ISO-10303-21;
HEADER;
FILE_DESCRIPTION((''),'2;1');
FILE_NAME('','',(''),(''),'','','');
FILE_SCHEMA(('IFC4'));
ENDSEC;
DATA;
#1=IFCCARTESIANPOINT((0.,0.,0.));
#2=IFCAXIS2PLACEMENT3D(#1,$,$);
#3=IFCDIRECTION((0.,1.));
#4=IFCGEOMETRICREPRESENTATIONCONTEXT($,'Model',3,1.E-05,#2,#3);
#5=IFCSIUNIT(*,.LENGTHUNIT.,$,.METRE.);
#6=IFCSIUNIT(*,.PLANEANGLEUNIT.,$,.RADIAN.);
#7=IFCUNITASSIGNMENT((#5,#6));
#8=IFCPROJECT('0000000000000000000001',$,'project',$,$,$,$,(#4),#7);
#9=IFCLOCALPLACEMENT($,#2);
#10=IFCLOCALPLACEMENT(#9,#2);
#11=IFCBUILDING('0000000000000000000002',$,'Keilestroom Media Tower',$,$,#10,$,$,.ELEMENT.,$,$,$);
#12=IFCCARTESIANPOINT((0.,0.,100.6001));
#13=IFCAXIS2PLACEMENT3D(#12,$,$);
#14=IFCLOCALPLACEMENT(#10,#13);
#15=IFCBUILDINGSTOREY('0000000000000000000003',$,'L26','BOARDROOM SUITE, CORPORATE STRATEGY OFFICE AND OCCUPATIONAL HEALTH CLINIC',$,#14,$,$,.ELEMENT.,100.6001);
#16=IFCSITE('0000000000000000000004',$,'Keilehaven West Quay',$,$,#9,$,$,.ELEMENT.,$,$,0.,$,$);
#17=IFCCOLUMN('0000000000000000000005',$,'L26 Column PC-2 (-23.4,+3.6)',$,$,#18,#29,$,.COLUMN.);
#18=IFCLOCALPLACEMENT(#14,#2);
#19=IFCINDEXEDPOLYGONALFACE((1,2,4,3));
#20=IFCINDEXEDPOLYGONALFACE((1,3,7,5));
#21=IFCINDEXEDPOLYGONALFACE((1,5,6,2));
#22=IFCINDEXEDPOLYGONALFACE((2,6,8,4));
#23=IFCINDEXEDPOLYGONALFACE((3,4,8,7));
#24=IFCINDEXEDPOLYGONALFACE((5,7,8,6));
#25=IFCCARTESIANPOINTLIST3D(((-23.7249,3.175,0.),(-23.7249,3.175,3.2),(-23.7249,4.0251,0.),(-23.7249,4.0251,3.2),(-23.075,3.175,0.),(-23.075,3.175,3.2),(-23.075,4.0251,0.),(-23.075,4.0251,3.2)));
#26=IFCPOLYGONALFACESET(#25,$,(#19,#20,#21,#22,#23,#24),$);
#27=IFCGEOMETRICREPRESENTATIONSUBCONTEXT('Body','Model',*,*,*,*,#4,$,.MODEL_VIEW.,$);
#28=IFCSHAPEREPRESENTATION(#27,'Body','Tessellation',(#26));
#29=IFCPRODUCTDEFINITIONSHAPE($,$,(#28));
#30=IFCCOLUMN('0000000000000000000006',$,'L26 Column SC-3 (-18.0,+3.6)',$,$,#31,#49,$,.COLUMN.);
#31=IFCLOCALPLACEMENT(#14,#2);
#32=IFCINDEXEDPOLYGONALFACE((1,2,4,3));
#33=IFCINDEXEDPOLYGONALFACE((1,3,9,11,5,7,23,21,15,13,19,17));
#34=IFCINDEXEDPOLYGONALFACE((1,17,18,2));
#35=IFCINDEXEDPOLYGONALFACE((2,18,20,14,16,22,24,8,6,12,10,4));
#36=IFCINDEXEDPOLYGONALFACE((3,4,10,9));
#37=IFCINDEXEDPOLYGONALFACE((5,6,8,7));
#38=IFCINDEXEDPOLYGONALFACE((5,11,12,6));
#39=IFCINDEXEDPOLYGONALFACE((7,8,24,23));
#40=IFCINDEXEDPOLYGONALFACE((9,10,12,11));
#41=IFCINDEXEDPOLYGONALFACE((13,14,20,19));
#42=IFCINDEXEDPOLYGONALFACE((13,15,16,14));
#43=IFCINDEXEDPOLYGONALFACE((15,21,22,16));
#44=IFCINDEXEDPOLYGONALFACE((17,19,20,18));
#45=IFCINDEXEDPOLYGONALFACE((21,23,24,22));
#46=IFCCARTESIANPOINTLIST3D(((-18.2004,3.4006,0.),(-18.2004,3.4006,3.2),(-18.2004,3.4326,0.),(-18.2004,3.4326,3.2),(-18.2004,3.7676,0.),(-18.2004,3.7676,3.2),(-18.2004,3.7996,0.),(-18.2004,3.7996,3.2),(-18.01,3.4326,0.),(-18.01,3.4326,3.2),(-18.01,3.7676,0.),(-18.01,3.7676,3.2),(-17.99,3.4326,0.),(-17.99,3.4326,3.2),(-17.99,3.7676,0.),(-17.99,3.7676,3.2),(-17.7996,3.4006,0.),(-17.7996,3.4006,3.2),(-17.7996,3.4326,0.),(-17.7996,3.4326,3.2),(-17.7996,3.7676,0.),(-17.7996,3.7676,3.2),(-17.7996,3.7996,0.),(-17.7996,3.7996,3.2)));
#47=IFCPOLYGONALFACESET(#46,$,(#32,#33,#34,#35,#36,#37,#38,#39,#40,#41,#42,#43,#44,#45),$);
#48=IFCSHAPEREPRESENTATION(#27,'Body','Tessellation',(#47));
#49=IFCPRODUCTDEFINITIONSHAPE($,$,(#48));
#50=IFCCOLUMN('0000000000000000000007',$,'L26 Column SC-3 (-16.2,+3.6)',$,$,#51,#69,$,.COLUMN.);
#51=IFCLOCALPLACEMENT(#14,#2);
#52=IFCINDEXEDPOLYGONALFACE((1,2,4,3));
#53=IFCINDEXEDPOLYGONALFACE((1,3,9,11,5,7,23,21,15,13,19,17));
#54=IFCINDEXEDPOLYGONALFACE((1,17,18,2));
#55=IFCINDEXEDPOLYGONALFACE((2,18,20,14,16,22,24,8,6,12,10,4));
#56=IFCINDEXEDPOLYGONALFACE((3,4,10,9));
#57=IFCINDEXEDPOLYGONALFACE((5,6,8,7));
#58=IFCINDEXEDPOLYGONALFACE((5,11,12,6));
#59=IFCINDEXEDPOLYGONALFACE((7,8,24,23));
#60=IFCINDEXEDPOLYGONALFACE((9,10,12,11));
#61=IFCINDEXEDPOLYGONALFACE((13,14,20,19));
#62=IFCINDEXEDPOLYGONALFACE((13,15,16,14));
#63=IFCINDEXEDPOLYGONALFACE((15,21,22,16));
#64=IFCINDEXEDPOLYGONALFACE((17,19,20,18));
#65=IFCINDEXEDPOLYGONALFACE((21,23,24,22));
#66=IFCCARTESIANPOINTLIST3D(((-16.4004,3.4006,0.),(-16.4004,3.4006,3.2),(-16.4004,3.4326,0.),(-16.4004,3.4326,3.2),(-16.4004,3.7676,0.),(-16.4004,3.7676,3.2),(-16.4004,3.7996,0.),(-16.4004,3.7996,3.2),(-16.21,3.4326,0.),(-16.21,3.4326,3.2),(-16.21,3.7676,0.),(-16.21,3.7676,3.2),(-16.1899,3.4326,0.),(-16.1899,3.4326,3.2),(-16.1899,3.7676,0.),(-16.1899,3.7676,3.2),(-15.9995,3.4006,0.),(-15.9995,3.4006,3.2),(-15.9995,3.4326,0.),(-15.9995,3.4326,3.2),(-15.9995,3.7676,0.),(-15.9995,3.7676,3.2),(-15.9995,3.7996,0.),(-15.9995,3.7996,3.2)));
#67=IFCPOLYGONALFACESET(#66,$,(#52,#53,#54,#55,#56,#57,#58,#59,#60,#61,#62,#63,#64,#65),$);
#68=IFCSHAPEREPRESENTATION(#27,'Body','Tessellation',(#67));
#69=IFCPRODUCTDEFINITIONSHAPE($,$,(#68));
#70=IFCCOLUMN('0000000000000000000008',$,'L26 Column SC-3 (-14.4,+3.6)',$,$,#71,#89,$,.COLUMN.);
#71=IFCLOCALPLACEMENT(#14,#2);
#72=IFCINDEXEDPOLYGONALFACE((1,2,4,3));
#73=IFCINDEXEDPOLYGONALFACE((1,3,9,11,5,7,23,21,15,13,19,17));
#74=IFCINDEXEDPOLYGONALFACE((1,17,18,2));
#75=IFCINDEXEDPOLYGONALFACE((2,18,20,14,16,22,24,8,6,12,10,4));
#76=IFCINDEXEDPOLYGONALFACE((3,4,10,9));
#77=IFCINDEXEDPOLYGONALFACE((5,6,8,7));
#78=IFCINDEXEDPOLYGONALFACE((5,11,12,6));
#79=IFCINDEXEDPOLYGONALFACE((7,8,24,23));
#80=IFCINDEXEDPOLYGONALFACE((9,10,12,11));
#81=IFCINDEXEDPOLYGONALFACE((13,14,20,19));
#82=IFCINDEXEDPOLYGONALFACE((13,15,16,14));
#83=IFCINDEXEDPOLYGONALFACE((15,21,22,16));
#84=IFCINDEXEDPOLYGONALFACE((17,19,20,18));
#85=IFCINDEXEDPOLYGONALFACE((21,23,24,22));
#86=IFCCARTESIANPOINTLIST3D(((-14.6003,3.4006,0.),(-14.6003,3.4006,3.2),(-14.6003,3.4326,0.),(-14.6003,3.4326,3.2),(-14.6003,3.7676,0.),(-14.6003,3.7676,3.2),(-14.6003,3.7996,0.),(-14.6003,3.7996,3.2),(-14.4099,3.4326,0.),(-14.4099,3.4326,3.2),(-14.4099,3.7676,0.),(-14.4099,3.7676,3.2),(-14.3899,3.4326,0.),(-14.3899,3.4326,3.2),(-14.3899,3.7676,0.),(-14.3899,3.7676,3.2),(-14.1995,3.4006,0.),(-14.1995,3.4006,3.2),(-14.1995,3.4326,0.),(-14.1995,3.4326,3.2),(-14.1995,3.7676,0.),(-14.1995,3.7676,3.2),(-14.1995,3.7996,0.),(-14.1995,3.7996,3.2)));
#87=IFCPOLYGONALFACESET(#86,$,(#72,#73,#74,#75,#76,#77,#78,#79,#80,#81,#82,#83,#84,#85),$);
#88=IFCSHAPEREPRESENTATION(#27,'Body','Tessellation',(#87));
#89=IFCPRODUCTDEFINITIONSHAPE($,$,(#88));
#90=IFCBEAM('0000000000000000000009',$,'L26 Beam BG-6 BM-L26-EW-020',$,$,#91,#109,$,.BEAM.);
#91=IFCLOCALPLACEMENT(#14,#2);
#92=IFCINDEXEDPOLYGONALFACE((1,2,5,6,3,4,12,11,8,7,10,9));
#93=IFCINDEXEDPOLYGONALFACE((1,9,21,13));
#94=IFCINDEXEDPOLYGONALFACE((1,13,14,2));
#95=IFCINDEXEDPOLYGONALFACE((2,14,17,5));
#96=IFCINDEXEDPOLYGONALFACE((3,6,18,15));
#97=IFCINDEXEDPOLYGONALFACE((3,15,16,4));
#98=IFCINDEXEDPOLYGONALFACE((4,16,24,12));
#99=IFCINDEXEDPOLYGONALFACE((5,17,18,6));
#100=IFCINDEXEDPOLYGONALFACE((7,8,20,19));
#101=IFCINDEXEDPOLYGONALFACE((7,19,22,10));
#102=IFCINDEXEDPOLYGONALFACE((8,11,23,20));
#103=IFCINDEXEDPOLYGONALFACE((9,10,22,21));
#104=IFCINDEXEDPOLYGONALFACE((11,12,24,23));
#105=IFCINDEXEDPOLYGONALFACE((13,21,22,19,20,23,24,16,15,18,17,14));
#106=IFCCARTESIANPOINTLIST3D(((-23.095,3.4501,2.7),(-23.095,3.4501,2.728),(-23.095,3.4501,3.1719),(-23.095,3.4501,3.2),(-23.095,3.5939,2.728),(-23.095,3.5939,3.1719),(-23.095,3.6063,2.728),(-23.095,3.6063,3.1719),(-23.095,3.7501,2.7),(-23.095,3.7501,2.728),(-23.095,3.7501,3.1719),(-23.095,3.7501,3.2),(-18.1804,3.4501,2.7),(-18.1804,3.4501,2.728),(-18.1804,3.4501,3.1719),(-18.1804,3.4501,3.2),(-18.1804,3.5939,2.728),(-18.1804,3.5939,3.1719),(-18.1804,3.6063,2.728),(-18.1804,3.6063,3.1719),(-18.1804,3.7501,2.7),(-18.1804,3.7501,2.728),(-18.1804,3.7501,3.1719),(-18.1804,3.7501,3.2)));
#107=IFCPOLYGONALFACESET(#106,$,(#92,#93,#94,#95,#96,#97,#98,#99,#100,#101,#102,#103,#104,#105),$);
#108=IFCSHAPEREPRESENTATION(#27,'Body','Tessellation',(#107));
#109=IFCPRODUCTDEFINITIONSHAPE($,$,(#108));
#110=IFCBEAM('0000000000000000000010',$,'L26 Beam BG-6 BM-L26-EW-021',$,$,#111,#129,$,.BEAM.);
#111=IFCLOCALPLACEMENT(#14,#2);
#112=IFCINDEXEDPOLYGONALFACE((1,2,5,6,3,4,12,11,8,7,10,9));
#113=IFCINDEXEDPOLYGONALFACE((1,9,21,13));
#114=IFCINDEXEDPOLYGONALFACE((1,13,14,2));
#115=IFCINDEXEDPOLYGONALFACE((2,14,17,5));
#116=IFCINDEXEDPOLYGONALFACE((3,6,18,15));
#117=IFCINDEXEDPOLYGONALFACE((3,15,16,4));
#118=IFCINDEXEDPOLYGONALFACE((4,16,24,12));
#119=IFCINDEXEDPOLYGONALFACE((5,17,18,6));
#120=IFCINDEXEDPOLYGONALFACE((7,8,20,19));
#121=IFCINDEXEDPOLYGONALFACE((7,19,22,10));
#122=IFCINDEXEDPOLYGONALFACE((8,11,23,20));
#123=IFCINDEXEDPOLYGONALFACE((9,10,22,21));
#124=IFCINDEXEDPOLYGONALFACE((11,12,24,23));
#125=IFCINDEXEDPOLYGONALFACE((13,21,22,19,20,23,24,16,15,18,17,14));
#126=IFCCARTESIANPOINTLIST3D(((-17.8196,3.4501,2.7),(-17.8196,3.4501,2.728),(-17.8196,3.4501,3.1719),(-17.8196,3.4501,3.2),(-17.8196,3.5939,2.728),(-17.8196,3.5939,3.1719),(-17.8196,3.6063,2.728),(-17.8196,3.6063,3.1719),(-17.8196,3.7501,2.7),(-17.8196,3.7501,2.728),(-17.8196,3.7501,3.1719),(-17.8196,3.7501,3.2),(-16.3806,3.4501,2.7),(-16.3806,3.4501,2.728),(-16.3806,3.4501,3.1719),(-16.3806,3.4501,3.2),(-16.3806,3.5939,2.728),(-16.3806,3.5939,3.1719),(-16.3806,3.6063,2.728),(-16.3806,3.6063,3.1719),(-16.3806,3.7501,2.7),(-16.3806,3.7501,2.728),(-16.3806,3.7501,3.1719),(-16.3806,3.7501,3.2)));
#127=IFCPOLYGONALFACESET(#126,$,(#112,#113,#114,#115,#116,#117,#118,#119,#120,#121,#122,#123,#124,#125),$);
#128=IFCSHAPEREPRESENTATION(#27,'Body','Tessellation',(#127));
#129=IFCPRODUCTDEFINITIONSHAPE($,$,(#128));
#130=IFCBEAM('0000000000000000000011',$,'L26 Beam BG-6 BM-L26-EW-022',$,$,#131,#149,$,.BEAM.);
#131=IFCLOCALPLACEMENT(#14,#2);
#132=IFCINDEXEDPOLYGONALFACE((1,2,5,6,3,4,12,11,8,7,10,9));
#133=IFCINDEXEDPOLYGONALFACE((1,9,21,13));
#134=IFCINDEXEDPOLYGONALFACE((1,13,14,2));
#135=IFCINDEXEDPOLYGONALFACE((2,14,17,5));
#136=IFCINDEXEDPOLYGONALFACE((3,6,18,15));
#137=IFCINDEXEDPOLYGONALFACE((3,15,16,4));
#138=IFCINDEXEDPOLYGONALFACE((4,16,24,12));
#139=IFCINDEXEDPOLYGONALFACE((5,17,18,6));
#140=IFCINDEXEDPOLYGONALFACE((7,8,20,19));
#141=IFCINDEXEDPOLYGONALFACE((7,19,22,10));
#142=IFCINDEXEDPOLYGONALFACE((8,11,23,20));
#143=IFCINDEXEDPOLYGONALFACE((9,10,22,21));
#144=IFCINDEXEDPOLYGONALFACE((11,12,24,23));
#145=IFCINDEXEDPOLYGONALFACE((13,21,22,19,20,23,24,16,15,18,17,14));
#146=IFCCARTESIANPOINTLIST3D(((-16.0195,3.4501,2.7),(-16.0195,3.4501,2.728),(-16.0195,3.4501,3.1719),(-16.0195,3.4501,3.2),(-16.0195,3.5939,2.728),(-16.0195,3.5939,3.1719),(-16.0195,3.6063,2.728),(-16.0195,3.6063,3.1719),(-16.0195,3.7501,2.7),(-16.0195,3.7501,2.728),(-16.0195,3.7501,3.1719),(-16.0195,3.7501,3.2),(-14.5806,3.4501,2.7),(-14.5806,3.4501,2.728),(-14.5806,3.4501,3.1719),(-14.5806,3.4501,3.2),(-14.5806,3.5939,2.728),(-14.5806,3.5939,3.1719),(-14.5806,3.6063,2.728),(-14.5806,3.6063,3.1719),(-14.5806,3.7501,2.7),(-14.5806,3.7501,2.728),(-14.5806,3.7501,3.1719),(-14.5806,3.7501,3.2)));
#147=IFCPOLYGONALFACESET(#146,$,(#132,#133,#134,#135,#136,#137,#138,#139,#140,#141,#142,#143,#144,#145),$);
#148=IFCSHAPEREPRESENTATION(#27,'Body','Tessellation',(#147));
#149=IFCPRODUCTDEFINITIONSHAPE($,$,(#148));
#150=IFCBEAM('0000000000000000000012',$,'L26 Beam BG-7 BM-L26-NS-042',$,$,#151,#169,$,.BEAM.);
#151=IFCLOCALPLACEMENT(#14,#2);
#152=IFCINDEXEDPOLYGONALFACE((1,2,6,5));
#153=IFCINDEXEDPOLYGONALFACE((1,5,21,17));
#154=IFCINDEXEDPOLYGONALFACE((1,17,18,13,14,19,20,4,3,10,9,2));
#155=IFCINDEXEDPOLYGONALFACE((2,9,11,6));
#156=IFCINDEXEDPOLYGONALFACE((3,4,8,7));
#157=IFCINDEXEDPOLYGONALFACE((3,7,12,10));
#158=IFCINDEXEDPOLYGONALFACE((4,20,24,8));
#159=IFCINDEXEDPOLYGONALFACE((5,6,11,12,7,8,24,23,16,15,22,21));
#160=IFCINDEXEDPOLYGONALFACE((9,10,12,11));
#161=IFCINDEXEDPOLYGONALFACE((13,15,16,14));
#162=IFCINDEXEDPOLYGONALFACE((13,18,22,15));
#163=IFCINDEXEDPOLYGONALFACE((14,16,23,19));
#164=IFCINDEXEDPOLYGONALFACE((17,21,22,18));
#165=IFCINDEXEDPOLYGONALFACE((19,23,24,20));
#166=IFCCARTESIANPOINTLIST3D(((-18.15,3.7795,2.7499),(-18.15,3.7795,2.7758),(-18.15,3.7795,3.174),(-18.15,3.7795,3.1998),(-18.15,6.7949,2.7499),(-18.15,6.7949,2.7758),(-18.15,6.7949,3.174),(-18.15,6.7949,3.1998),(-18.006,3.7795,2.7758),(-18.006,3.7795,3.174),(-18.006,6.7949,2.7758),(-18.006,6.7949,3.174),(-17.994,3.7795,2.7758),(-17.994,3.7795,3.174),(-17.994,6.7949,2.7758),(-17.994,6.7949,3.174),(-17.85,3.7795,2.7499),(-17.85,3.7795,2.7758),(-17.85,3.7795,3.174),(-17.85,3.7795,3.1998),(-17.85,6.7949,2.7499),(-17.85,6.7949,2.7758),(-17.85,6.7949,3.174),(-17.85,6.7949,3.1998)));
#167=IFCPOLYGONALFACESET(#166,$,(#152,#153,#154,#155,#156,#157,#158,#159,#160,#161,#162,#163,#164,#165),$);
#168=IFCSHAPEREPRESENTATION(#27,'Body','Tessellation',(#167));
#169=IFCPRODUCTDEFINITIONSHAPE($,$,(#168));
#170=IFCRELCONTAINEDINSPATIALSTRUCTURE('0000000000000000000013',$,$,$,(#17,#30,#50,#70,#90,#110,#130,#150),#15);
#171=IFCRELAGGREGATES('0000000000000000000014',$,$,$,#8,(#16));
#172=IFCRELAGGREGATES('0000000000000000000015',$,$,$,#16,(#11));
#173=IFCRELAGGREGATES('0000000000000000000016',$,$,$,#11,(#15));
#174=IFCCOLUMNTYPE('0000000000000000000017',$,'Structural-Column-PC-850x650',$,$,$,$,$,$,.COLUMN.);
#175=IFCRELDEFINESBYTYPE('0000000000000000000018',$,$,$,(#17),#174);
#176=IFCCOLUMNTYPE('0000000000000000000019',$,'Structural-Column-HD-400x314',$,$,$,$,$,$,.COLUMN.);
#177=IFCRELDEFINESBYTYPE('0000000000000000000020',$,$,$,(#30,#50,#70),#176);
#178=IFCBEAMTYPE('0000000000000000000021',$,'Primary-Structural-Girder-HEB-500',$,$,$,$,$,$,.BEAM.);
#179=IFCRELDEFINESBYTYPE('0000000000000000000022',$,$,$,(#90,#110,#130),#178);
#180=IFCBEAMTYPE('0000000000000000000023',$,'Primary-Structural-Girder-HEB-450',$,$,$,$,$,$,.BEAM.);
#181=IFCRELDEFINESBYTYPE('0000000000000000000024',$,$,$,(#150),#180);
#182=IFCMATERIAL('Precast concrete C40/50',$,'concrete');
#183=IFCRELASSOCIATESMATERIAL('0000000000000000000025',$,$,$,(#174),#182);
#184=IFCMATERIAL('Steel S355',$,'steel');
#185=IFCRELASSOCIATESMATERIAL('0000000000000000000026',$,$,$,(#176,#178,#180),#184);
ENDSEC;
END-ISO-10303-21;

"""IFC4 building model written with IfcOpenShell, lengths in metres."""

from ifc_helpers import new_model, si_unit, direction, frame, origin, origin_2d, place, context, subcontext, project, spatial, rectangle, i_section, extrude, source, transform, mapped, material, material_profile, profile_set, type_object, element, save


model = new_model("IFC4")

# Units and contexts
model_context = context("Model", 3, precision=1e-05, world=origin(), true_north=direction((0.0, 1.0)))
body_context = subcontext(model_context, "Body", "Model", "MODEL_VIEW")
ifc_project = project(units=[si_unit("LENGTHUNIT", "METRE"), si_unit("PLANEANGLEUNIT", "RADIAN")], contexts=[model_context])

# Site, building, storey
site_placement = place(None, origin())
site = spatial("IfcSite", under=ifc_project, at=site_placement, Name="Keilehaven West Quay", CompositionType="ELEMENT", RefElevation=0.0)
building_placement = place(site_placement, origin())
building = spatial("IfcBuilding", under=site, at=building_placement, Name="Keilestroom Media Tower", CompositionType="ELEMENT")
storey_placement = place(building_placement, frame((0.0, 0.0, 100.6001)))
storey = spatial("IfcBuildingStorey", under=building, at=storey_placement, Name="L26", Description="BOARDROOM SUITE, CORPORATE STRATEGY OFFICE AND OCCUPATIONAL HEALTH CLINIC", CompositionType="ELEMENT", Elevation=100.6001)

# Columns
ifc_material_1 = material(Name="Precast concrete C40/50", Category="concrete")
ifc_material_profile_1 = material_profile(ifc_material_1, rectangle(XDim=0.6499, YDim=0.8501, at=origin_2d()), Name="PC 850x650")
ifc_profile_set_1 = profile_set([ifc_material_profile_1], Name="Precast concrete C40/50")
column_type_1 = type_object("IfcColumnType", Name="Structural-Column-PC-850x650", PredefinedType="COLUMN", material=ifc_profile_set_1)
shared_shape_1 = source(origin(), body_context, "Body", "SweptSolid", [
    extrude(rectangle(XDim=0.6499, YDim=0.8501, at=origin_2d()), origin(), (0.0, 0.0, 1.0), 3.2),
])
column_placement = place(storey_placement, frame((-23.3999, 3.6001, 0.0), z_axis=(0.0, 0.0, 1.0), x_axis=(1.0, 0.0, 0.0)))
element("IfcColumn", 1, at=column_placement, inside=storey, type_object=column_type_1, Name="L26 Column PC-2 (-23.4,+3.6)", PredefinedType="COLUMN", context=body_context, shape_type="MappedRepresentation", body=[
    mapped(shared_shape_1, transform((0.0, 0.0, 0.0), x_axis=(1.0, 0.0, 0.0), y_axis=(0.0, 1.0, 0.0), z_axis=(0.0, 0.0, 1.0), scale=1.0)),
])
ifc_material_2 = material(Name="Steel S355", Category="steel")
ifc_material_profile_2 = material_profile(ifc_material_2, i_section(OverallWidth=0.4009, OverallDepth=0.3989, WebThickness=0.02, FlangeThickness=0.032, at=origin_2d()), Name="HD 400x314")
ifc_profile_set_2 = profile_set([ifc_material_profile_2], Name="Steel S355")
column_type_2 = type_object("IfcColumnType", Name="Structural-Column-HD-400x314", PredefinedType="COLUMN", material=ifc_profile_set_2)
shared_shape_2 = source(origin(), body_context, "Body", "SweptSolid", [
    extrude(i_section(OverallWidth=0.4009, OverallDepth=0.3989, WebThickness=0.02, FlangeThickness=0.032, at=origin_2d()), origin(), (0.0, 0.0, 1.0), 3.2),
])
for number, where, z_axis, x_axis, name in (
    (2, (-18.0, 3.6001, 0.0), (0.0, 0.0, 1.0), (1.0, 0.0, 0.0), "L26 Column SC-3 (-18.0,+3.6)"),
    (3, (-16.2, 3.6001, 0.0), (0.0, 0.0, 1.0), (1.0, 0.0, 0.0), "L26 Column SC-3 (-16.2,+3.6)"),
    (4, (-14.3999, 3.6001, 0.0), (0.0, 0.0, 1.0), (1.0, 0.0, 0.0), "L26 Column SC-3 (-14.4,+3.6)"),
):
    element("IfcColumn", number, at=place(storey_placement, frame(where, z_axis=z_axis, x_axis=x_axis)), inside=storey, type_object=column_type_2, Name=name, PredefinedType="COLUMN", context=body_context, shape_type="MappedRepresentation", body=[
        mapped(shared_shape_2, transform((0.0, 0.0, 0.0), x_axis=(1.0, 0.0, 0.0), y_axis=(0.0, 1.0, 0.0), z_axis=(0.0, 0.0, 1.0), scale=1.0)),
    ])

# Beams
ifc_material_profile_3 = material_profile(ifc_material_2, i_section(OverallWidth=0.3, OverallDepth=0.5, WebThickness=0.0125, FlangeThickness=0.0281, at=origin_2d()), Name="HEB 500")
ifc_profile_set_3 = profile_set([ifc_material_profile_3], Name="Steel S355")
beam_type_1 = type_object("IfcBeamType", Name="Primary-Structural-Girder-HEB-500", PredefinedType="BEAM", material=ifc_profile_set_3)
shared_shape_3 = source(origin(), body_context, "Body", "SweptSolid", [
    extrude(i_section(OverallWidth=0.3, OverallDepth=0.5, WebThickness=0.0125, FlangeThickness=0.0281, at=origin_2d()), origin(), (0.0, 0.0, 1.0), 4.9146),
])
beam_1_placement = place(storey_placement, frame((-23.095, 3.6001, 2.95), z_axis=(1.0, 0.0, 0.0), x_axis=(0.0, 1.0, 0.0)))
element("IfcBeam", 5, at=beam_1_placement, inside=storey, type_object=beam_type_1, Name="L26 Beam BG-6 BM-L26-EW-020", PredefinedType="BEAM", context=body_context, shape_type="MappedRepresentation", body=[
    mapped(shared_shape_3, transform((0.0, 0.0, 0.0), x_axis=(1.0, 0.0, 0.0), y_axis=(0.0, 1.0, 0.0), z_axis=(0.0, 0.0, 1.0), scale=1.0)),
])
shared_shape_4 = source(origin(), body_context, "Body", "SweptSolid", [
    extrude(i_section(OverallWidth=0.3, OverallDepth=0.5, WebThickness=0.0125, FlangeThickness=0.0281, at=origin_2d()), origin(), (0.0, 0.0, 1.0), 1.439),
])
for number, where, z_axis, x_axis, name in (
    (6, (-17.8196, 3.6001, 2.95), (1.0, 0.0, 0.0), (0.0, 1.0, 0.0), "L26 Beam BG-6 BM-L26-EW-021"),
    (7, (-16.0195, 3.6001, 2.95), (1.0, 0.0, 0.0), (0.0, 1.0, 0.0), "L26 Beam BG-6 BM-L26-EW-022"),
):
    element("IfcBeam", number, at=place(storey_placement, frame(where, z_axis=z_axis, x_axis=x_axis)), inside=storey, type_object=beam_type_1, Name=name, PredefinedType="BEAM", context=body_context, shape_type="MappedRepresentation", body=[
        mapped(shared_shape_4, transform((0.0, 0.0, 0.0), x_axis=(1.0, 0.0, 0.0), y_axis=(0.0, 1.0, 0.0), z_axis=(0.0, 0.0, 1.0), scale=1.0)),
    ])
ifc_material_profile_4 = material_profile(ifc_material_2, i_section(OverallWidth=0.3, OverallDepth=0.45, WebThickness=0.012, FlangeThickness=0.0259, at=origin_2d()), Name="HEB 450")
ifc_profile_set_4 = profile_set([ifc_material_profile_4], Name="Steel S355")
beam_type_2 = type_object("IfcBeamType", Name="Primary-Structural-Girder-HEB-450", PredefinedType="BEAM", material=ifc_profile_set_4)
shared_shape_5 = source(origin(), body_context, "Body", "SweptSolid", [
    extrude(i_section(OverallWidth=0.3, OverallDepth=0.45, WebThickness=0.012, FlangeThickness=0.0259, at=origin_2d()), origin(), (0.0, 0.0, 1.0), 3.0154),
])
beam_2_placement = place(storey_placement, frame((-18.0, 3.7795, 2.9749), z_axis=(0.0, 1.0, 0.0), x_axis=(-1.0, 0.0, 0.0)))
element("IfcBeam", 8, at=beam_2_placement, inside=storey, type_object=beam_type_2, Name="L26 Beam BG-7 BM-L26-NS-042", PredefinedType="BEAM", context=body_context, shape_type="MappedRepresentation", body=[
    mapped(shared_shape_5, transform((0.0, 0.0, 0.0), x_axis=(1.0, 0.0, 0.0), y_axis=(0.0, 1.0, 0.0), z_axis=(0.0, 0.0, 1.0), scale=1.0)),
])

save(model, "model.ifc")
